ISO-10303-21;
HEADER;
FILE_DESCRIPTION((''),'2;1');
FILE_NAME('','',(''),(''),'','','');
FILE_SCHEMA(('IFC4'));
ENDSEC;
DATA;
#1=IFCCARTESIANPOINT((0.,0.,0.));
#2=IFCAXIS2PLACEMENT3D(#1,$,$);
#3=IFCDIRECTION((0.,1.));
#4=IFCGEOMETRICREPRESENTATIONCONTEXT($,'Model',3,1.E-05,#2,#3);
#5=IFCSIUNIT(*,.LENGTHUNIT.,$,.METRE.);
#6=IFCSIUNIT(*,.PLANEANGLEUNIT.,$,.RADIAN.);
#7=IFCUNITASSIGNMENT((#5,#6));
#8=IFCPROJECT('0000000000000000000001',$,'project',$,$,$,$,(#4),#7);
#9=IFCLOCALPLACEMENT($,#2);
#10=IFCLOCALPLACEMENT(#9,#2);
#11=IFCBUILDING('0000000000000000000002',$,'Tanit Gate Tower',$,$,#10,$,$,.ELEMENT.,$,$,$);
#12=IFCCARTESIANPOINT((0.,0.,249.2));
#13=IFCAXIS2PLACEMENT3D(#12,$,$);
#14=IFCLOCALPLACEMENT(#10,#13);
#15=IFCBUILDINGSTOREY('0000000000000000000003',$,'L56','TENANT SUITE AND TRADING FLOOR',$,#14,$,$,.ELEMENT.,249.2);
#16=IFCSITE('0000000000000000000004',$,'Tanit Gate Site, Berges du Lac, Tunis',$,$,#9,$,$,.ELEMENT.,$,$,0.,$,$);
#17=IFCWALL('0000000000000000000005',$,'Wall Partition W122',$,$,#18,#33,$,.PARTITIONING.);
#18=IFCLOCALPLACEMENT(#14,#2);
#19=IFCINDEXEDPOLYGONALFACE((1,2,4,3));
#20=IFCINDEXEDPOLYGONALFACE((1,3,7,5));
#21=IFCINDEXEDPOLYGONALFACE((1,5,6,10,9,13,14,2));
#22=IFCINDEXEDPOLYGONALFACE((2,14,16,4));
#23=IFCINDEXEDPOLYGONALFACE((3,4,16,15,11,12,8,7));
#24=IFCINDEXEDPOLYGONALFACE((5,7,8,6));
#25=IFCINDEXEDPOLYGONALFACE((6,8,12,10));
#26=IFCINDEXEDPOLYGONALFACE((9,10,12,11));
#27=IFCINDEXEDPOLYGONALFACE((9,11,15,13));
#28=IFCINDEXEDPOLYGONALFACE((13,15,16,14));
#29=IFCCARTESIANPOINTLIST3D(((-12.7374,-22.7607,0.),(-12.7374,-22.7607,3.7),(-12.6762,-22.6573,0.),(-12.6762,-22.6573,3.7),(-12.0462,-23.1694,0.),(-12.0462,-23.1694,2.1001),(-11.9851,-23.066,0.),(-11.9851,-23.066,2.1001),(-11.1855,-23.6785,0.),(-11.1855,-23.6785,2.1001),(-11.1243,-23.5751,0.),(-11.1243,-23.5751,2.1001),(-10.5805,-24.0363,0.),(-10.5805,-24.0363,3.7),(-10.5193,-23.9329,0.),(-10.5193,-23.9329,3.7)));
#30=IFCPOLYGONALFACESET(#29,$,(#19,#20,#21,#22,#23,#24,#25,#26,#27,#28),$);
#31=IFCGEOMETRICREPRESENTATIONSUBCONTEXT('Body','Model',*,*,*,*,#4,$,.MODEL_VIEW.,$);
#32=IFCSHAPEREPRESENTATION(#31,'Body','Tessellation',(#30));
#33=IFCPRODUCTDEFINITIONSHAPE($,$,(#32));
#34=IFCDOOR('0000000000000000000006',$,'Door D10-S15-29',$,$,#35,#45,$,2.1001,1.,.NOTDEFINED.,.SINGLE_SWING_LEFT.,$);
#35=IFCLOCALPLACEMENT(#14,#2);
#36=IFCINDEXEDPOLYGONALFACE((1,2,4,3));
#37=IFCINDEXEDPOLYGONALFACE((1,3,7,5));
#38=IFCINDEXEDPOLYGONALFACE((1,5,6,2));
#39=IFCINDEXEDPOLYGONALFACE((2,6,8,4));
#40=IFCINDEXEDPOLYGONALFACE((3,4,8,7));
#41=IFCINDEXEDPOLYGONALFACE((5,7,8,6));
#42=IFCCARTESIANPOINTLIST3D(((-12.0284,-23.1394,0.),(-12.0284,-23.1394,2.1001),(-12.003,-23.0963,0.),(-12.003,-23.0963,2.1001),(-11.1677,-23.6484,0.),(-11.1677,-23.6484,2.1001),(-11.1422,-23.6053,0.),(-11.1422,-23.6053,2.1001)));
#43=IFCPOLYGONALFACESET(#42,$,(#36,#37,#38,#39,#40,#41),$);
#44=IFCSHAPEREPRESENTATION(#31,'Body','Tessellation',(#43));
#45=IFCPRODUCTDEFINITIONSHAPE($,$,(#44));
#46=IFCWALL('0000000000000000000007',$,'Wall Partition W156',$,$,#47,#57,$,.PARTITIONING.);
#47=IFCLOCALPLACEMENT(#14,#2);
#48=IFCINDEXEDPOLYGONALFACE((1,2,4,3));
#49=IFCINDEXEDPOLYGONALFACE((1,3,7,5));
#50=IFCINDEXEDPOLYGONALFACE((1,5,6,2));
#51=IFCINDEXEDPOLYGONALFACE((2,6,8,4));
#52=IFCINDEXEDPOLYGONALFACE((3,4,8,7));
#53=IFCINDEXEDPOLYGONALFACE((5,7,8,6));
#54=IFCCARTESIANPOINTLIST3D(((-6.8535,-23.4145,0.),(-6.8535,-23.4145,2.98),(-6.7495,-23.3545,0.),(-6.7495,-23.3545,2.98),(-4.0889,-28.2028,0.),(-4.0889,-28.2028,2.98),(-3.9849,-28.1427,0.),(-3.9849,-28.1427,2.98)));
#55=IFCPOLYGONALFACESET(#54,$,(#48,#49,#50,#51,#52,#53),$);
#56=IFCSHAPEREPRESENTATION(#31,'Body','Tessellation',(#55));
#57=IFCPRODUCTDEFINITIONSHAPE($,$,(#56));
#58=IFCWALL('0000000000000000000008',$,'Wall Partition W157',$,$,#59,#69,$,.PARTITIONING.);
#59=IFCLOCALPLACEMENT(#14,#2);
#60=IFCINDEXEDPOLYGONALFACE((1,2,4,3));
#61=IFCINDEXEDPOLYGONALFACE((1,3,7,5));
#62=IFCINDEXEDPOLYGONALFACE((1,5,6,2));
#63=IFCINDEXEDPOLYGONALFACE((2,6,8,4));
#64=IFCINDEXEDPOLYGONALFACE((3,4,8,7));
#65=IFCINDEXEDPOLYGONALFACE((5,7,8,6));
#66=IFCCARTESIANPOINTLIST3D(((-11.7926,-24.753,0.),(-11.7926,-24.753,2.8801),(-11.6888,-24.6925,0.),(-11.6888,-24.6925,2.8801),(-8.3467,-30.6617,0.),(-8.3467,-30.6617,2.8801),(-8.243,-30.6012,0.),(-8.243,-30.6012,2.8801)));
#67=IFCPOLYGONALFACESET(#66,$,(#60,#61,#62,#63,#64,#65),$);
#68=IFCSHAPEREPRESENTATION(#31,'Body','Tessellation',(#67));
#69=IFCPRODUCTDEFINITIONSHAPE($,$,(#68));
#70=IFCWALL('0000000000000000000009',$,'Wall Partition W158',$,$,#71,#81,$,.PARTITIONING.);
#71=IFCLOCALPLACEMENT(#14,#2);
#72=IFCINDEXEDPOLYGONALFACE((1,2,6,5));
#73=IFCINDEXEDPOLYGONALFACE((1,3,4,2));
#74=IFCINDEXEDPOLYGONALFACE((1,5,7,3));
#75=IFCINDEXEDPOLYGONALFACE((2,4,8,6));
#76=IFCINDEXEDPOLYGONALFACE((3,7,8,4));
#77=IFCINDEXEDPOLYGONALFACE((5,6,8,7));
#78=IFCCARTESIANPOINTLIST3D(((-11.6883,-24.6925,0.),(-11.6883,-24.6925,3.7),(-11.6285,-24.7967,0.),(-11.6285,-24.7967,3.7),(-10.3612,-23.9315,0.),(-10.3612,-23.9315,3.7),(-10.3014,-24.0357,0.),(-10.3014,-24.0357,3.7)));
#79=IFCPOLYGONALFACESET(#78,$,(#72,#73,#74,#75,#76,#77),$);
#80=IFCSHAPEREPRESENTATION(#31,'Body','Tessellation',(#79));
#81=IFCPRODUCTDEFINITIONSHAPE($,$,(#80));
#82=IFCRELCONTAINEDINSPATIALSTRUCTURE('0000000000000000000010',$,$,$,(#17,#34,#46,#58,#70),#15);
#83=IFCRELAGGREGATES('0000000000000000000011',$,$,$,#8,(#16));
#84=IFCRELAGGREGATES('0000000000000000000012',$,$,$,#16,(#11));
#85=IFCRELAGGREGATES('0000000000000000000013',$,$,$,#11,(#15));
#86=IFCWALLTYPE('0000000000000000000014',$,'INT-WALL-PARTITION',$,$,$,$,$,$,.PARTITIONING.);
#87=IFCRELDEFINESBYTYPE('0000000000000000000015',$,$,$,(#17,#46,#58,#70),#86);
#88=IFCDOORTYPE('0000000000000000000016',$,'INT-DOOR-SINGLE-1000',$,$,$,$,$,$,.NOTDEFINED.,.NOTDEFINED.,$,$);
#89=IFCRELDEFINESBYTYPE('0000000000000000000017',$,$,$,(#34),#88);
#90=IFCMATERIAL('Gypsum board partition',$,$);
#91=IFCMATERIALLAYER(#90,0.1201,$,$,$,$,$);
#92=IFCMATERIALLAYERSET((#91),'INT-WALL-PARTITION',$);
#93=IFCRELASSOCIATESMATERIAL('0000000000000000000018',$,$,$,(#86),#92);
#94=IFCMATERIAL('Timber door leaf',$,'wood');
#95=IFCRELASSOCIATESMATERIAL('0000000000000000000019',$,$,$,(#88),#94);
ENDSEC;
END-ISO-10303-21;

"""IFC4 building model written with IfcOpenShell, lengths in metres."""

from ifc_helpers import new_model, si_unit, direction, frame, frame_2d, origin, place, context, subcontext, project, spatial, rectangle, extrude, material, layer, layer_set, type_object, element, fill, save


model = new_model("IFC4")

# Units and contexts
model_context = context("Model", 3, precision=1e-05, world=origin(), true_north=direction((0.0, 1.0)))
body_context = subcontext(model_context, "Body", "Model", "MODEL_VIEW")
ifc_project = project(units=[si_unit("LENGTHUNIT", "METRE"), si_unit("PLANEANGLEUNIT", "RADIAN")], contexts=[model_context])

# Site, building, storey
site_placement = place(None, origin())
site = spatial("IfcSite", under=ifc_project, at=site_placement, Name="Tanit Gate Site, Berges du Lac, Tunis", CompositionType="ELEMENT", RefElevation=0.0)
building_placement = place(site_placement, origin())
building = spatial("IfcBuilding", under=site, at=building_placement, Name="Tanit Gate Tower", CompositionType="ELEMENT")
storey_placement = place(building_placement, frame((0.0, 0.0, 249.2)))
storey = spatial("IfcBuildingStorey", under=building, at=storey_placement, Name="L56", Description="TENANT SUITE AND TRADING FLOOR", CompositionType="ELEMENT", Elevation=249.2)

# Shared definitions
ifc_material_1 = material(Name="Gypsum board partition")
ifc_layer_1 = layer(ifc_material_1, 0.1201)
ifc_layer_set_1 = layer_set([ifc_layer_1], Name="INT-WALL-PARTITION")
wall_type_1 = type_object("IfcWallType", Name="INT-WALL-PARTITION", PredefinedType="PARTITIONING", material=ifc_layer_set_1)

# Wall, opening, door
wall_1_placement = place(storey_placement, frame((-12.7068, -22.709, 0.0), z_axis=(0.0, 0.0, 1.0), x_axis=(0.860742, -0.509041, 0.0)))
wall_1 = element("IfcWall", 1, at=wall_1_placement, inside=storey, type_object=wall_type_1, Name="Wall Partition W122", PredefinedType="PARTITIONING", context=body_context, shape_type="SweptSolid", body=[
    extrude(rectangle(XDim=2.5059, YDim=0.1201, at=frame_2d((1.2529, 0.0))), origin(), (0.0, 0.0, 1.0), 3.7),
])
opening_1_placement = place(wall_1_placement, frame((0.803, 0.0, 0.0)))
opening_1 = element("IfcOpeningElement", 2, at=opening_1_placement, cuts=wall_1, PredefinedType="OPENING", context=body_context, shape_type="SweptSolid", body=[
    extrude(rectangle(XDim=1.0, YDim=2.1001, at=frame_2d((0.5, 1.05))), frame((0.0, 0.0701, 0.0), z_axis=(0.0, -1.0, 0.0), x_axis=(1.0, 0.0, 0.0)), (0.0, 0.0, 1.0), 0.1401),
])
ifc_material_2 = material(Name="Timber door leaf", Category="wood")
door_type_1 = type_object("IfcDoorType", Name="INT-DOOR-SINGLE-1000", OperationType="NOTDEFINED", PredefinedType="NOTDEFINED", material=ifc_material_2)
door_1_placement = place(opening_1_placement, origin())
door_1 = element("IfcDoor", 3, at=door_1_placement, inside=storey, type_object=door_type_1, Name="Door D10-S15-29", OperationType="SINGLE_SWING_LEFT", OverallHeight=2.1001, OverallWidth=1.0, PredefinedType="NOTDEFINED", context=body_context, shape_type="SweptSolid", body=[
    extrude(rectangle(XDim=1.0, YDim=2.1001, at=frame_2d((0.5, 1.05))), frame((0.0, 0.0249, 0.0), z_axis=(0.0, -1.0, 0.0), x_axis=(1.0, 0.0, 0.0)), (0.0, 0.0, 1.0), 0.05),
])
fill(opening_1, door_1)

# Walls
wall_2_placement = place(storey_placement, frame((-4.0369, -28.1729, 0.0), z_axis=(0.0, 0.0, 1.0), x_axis=(-0.500014, 0.866017, 0.0)))
element("IfcWall", 4, at=wall_2_placement, inside=storey, type_object=wall_type_1, Name="Wall Partition W156", PredefinedType="PARTITIONING", context=body_context, shape_type="SweptSolid", body=[
    extrude(rectangle(XDim=5.5291, YDim=0.1201, at=frame_2d((2.7646, 0.0))), origin(), (0.0, 0.0, 1.0), 2.98),
])
wall_3_placement = place(storey_placement, frame((-8.2949, -30.6313, 0.0), z_axis=(0.0, 0.0, 1.0), x_axis=(-0.503769, 0.863838, 0.0)))
element("IfcWall", 5, at=wall_3_placement, inside=storey, type_object=wall_type_1, Name="Wall Partition W157", PredefinedType="PARTITIONING", context=body_context, shape_type="SweptSolid", body=[
    extrude(rectangle(XDim=6.8401, YDim=0.1201, at=frame_2d((3.4199, 0.0))), origin(), (0.0, 0.0, 1.0), 2.8801),
])
wall_4_placement = place(storey_placement, frame((-10.3313, -23.9836, 0.0), z_axis=(0.0, 0.0, 1.0), x_axis=(-0.867506, -0.497427, 0.0)))
element("IfcWall", 6, at=wall_4_placement, inside=storey, type_object=wall_type_1, Name="Wall Partition W158", PredefinedType="PARTITIONING", context=body_context, shape_type="SweptSolid", body=[
    extrude(rectangle(XDim=1.5298, YDim=0.1201, at=frame_2d((0.7649, 0.0))), origin(), (0.0, 0.0, 1.0), 3.7),
])

save(model, "model.ifc")
